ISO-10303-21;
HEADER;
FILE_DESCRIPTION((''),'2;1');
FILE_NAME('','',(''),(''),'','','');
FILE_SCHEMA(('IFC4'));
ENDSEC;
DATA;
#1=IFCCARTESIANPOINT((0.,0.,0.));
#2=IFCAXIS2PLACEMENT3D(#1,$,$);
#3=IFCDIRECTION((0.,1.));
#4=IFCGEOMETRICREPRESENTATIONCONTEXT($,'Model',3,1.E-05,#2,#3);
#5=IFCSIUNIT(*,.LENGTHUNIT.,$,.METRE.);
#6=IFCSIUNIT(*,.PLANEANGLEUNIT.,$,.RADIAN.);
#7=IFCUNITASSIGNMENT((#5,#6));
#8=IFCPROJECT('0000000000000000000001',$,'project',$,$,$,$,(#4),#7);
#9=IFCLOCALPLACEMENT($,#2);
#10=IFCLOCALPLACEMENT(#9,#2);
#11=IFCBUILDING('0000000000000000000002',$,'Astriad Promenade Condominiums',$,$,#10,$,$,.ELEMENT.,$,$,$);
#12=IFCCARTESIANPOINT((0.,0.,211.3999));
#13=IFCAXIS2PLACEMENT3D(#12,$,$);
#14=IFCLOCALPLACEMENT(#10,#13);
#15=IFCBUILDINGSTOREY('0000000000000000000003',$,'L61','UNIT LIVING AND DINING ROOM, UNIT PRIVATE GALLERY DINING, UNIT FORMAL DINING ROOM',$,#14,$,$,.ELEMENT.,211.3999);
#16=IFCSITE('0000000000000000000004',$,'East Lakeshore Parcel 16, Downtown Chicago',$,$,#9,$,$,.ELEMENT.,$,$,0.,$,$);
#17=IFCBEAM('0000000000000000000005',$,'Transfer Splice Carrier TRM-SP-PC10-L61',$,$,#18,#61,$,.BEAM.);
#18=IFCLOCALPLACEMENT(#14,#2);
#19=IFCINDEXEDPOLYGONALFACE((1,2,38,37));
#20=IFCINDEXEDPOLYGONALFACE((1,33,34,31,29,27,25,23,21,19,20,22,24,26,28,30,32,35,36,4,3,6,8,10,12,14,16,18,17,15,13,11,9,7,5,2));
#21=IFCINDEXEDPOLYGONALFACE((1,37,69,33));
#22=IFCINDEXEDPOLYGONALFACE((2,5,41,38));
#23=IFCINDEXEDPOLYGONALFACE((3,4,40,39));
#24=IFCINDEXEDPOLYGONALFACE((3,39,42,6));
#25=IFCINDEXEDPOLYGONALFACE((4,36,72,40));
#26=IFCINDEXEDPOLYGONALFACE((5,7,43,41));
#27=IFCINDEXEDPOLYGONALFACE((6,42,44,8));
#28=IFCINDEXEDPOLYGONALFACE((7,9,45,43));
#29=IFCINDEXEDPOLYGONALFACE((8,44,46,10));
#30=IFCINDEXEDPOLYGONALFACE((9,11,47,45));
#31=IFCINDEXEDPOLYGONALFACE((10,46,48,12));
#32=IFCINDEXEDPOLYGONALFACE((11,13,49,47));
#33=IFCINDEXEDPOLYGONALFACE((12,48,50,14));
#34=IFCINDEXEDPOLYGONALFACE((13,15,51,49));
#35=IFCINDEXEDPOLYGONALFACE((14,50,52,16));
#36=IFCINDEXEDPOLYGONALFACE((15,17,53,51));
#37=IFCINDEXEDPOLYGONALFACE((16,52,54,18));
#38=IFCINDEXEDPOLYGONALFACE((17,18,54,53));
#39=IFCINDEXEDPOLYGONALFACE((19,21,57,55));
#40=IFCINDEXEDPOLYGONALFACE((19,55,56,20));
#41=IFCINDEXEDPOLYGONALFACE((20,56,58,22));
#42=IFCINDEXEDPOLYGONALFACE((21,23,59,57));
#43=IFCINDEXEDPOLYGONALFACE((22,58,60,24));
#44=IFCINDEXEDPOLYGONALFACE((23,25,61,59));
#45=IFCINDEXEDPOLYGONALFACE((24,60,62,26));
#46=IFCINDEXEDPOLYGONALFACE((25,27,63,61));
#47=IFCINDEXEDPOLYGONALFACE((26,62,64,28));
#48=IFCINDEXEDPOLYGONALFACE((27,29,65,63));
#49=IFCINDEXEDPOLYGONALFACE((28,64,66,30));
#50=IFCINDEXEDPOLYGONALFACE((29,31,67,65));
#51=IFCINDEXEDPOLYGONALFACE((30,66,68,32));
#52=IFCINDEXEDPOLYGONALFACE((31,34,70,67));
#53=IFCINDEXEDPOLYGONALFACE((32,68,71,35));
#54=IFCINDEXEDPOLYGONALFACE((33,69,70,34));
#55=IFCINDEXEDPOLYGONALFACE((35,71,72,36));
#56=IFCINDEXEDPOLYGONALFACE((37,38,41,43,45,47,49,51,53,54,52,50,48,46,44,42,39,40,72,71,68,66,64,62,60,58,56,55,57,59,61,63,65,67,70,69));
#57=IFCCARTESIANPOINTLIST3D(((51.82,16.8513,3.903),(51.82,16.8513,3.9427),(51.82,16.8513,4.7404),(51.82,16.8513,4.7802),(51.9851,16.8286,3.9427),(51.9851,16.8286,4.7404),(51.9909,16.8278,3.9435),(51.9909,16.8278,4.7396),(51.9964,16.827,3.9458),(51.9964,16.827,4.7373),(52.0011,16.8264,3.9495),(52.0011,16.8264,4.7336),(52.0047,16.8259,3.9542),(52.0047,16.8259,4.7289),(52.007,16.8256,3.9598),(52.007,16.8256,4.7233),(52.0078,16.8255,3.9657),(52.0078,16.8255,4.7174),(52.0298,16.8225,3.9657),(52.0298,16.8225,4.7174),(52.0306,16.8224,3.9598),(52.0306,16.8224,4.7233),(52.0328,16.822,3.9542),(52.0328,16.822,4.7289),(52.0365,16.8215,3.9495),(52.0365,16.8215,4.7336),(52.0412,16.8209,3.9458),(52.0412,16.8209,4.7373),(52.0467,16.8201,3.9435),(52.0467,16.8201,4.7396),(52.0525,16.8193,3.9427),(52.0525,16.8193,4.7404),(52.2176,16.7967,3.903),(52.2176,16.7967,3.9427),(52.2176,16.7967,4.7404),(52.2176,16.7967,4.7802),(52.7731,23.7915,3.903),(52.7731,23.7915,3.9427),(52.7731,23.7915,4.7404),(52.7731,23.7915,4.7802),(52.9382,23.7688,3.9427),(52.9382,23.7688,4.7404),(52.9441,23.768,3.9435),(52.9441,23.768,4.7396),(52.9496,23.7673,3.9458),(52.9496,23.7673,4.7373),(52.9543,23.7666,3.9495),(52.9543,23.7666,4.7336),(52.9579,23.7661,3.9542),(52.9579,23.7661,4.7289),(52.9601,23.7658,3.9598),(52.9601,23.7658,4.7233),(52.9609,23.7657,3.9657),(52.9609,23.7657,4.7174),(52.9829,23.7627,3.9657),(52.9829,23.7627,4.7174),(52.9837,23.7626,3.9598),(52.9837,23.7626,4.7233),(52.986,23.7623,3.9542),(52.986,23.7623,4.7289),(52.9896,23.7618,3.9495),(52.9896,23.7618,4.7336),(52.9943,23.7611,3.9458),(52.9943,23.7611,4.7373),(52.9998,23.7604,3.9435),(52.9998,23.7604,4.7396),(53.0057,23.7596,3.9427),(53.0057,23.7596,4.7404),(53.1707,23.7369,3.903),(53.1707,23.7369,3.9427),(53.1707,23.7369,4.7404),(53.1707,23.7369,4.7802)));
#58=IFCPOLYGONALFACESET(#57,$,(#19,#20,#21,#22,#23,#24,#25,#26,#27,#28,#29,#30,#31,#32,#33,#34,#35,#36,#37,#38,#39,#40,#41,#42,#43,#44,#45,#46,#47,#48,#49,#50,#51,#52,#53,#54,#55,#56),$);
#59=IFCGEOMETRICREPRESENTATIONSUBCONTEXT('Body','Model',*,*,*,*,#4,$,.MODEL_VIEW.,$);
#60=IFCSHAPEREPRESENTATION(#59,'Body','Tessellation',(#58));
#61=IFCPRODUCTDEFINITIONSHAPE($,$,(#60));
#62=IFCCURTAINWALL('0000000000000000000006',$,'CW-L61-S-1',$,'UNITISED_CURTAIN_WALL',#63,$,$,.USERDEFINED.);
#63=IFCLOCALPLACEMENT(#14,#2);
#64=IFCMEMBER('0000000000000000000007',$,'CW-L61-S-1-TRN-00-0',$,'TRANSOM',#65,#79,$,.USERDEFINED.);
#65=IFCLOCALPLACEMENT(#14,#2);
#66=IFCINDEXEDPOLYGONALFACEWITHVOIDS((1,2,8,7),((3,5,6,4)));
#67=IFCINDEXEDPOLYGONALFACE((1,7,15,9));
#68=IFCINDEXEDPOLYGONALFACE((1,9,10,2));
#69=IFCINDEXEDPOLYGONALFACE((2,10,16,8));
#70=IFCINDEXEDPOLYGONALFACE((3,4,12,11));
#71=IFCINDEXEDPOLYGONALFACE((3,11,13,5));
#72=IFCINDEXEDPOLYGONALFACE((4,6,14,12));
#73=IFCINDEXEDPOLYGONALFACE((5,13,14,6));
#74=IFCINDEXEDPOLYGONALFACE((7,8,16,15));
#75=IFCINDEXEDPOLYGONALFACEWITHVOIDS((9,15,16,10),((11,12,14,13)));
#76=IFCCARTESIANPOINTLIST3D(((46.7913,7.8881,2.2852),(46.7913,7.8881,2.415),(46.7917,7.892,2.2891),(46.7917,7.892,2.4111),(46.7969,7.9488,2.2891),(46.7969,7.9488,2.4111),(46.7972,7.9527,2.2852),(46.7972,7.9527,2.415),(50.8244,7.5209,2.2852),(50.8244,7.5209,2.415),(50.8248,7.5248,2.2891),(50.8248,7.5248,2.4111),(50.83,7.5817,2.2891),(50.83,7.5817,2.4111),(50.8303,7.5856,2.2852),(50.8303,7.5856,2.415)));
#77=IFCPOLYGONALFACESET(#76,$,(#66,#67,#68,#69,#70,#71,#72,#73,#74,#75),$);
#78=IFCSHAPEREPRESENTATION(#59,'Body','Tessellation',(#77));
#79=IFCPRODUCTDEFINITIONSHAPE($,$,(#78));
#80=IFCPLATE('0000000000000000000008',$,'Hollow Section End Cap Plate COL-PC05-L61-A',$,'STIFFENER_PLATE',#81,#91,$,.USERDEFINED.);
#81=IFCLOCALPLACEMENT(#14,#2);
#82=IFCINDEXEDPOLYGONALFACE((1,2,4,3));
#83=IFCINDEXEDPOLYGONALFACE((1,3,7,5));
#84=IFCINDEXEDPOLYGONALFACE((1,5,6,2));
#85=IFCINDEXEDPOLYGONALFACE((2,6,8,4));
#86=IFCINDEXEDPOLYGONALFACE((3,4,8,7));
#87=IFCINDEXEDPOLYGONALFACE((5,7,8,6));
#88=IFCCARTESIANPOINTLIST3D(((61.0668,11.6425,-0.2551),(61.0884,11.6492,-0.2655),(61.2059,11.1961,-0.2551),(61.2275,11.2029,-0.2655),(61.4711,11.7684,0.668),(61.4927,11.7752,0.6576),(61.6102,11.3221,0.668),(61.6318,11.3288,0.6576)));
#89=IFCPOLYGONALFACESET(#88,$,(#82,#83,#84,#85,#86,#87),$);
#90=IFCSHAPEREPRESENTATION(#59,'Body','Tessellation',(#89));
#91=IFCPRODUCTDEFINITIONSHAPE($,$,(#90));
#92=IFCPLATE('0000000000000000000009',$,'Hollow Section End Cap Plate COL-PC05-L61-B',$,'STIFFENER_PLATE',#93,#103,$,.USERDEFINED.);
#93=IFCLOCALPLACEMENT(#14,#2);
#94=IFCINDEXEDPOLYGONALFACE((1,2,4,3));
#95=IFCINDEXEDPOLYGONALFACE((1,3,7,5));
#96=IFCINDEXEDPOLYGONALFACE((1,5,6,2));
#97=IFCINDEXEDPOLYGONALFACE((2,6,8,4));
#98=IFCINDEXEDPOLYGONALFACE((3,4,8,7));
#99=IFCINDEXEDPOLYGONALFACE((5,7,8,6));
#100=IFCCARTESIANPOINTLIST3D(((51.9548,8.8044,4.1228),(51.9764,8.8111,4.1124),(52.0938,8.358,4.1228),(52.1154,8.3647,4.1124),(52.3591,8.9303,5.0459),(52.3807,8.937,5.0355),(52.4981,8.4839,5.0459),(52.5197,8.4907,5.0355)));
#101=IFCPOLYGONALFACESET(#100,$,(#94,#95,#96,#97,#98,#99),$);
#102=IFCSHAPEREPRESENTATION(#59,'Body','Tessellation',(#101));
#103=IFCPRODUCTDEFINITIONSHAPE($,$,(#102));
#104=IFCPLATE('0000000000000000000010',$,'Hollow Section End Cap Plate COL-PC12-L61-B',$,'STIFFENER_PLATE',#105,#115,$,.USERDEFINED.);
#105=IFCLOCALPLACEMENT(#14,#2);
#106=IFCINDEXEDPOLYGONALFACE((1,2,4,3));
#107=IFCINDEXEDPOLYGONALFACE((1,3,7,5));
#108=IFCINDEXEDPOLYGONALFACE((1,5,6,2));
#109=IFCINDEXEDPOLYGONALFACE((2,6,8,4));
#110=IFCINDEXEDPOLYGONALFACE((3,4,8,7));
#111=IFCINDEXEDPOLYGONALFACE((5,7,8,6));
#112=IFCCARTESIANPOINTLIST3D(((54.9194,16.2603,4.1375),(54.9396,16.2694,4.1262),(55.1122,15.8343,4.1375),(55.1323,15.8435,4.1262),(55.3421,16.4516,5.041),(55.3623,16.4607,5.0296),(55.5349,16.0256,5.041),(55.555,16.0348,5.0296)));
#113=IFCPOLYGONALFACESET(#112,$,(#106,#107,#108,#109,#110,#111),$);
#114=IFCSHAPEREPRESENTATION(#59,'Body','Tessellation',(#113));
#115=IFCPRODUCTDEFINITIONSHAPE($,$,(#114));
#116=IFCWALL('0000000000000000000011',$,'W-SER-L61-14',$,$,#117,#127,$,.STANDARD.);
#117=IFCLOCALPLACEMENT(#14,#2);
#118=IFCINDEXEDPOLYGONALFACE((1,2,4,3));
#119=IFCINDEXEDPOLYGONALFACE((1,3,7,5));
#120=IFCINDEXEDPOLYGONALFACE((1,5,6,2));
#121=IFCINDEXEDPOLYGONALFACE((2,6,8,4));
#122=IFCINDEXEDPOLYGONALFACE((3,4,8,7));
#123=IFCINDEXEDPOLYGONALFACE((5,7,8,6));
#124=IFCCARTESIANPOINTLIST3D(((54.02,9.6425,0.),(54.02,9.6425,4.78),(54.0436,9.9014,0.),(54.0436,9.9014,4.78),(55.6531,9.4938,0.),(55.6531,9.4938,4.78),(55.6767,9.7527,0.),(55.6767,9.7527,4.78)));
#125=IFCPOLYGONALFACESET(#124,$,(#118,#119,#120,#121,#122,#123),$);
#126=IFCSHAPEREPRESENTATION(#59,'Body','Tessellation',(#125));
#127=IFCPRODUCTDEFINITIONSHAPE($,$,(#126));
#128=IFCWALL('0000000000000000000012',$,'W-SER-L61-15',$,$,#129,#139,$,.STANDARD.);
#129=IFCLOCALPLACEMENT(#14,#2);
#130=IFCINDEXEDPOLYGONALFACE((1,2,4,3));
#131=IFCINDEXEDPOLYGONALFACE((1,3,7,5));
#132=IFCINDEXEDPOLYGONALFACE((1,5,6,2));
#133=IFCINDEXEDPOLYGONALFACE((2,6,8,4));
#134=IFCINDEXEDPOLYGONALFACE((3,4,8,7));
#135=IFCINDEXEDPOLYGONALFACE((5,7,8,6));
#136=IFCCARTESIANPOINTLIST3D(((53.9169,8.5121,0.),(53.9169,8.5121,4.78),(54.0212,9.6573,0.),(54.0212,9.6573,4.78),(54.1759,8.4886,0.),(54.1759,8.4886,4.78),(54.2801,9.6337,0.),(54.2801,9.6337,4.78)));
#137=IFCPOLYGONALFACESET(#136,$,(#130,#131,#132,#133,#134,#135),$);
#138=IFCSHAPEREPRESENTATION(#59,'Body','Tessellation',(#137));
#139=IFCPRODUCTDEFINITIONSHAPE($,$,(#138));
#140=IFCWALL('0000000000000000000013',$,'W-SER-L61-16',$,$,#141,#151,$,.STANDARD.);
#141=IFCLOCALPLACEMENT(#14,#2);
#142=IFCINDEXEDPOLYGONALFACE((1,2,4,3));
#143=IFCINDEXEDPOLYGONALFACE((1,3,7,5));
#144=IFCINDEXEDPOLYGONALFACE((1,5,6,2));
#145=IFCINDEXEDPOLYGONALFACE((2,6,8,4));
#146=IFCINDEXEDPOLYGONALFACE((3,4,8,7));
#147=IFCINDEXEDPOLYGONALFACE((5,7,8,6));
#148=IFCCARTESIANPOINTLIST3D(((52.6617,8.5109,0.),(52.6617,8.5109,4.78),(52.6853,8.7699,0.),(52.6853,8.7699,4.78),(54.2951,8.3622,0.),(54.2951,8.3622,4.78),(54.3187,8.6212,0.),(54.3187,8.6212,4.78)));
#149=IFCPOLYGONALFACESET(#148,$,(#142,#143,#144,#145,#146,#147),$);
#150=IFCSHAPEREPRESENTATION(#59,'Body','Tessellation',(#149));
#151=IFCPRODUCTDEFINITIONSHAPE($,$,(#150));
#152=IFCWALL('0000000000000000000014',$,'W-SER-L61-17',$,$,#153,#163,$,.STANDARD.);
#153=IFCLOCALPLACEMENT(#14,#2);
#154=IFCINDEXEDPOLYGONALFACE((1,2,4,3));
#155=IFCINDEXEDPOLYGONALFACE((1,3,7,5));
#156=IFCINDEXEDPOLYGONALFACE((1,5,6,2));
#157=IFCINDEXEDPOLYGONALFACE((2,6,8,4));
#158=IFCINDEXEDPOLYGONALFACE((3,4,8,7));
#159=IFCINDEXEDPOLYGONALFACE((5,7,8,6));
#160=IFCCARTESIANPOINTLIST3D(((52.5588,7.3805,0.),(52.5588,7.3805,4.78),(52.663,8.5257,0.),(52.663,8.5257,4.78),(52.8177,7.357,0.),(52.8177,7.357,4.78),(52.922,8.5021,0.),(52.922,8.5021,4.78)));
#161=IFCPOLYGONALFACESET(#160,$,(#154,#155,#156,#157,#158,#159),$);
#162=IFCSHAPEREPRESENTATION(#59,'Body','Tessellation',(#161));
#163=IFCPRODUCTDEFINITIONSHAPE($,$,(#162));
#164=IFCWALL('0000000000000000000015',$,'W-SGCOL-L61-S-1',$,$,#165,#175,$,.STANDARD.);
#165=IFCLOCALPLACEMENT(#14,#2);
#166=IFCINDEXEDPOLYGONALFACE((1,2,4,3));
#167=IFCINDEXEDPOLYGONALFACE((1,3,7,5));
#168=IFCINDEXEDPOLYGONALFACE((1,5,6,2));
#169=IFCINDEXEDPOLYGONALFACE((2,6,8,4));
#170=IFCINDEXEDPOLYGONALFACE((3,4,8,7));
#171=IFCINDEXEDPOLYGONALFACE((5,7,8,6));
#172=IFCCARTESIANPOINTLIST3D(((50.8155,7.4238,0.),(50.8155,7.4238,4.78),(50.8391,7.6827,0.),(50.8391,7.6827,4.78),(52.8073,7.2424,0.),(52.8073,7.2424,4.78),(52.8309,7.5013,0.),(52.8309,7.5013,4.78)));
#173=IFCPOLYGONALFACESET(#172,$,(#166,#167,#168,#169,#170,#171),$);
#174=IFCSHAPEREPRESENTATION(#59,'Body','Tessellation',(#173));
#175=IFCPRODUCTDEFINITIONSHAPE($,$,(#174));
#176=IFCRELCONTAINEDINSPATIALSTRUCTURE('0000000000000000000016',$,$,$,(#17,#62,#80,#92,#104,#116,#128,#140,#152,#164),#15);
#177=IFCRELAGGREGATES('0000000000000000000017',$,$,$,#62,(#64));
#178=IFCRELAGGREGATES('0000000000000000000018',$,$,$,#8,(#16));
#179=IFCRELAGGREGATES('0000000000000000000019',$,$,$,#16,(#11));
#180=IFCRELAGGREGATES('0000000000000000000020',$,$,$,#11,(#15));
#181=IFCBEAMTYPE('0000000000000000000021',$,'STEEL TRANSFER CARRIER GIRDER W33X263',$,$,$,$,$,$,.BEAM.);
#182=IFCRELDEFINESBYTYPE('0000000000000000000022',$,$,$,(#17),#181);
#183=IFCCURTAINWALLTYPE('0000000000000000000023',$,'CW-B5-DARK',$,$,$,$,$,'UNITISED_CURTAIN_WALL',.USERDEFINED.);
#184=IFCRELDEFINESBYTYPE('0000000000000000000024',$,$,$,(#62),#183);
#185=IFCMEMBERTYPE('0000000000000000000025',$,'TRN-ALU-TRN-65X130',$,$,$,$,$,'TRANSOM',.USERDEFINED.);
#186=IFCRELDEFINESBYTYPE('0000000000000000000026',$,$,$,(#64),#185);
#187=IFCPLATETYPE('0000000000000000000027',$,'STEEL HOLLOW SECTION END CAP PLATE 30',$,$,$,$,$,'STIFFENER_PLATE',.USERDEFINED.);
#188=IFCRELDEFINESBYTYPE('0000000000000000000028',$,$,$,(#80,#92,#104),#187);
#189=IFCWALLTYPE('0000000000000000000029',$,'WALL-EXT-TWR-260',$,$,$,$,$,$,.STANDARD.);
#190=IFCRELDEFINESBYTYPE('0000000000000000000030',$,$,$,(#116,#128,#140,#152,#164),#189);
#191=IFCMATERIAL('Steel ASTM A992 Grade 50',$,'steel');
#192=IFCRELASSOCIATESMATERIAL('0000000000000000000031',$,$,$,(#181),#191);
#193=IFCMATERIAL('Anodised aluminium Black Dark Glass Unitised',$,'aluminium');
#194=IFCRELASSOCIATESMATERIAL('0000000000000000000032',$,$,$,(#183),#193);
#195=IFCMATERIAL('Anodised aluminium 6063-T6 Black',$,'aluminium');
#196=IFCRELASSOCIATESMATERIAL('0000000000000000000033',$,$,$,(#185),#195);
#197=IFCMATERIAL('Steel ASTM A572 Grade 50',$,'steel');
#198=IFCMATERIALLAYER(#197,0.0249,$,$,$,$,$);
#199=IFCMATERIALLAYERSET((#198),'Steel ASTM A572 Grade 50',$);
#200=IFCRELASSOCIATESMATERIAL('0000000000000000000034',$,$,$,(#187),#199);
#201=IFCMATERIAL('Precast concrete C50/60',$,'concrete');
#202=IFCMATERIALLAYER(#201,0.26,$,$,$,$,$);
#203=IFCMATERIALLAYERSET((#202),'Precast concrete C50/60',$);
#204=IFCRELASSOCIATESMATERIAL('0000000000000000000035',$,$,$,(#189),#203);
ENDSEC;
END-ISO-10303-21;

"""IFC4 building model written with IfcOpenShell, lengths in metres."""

from ifc_helpers import new_model, si_unit, direction, frame, frame_2d, origin, origin_2d, place, context, subcontext, project, spatial, rectangle, hollow_rectangle, i_section, extrude, source, transform, mapped, material, layer, layer_set, material_profile, profile_set, type_object, type_shapes, element, aggregate, save


model = new_model("IFC4")

# Units and contexts
model_context = context("Model", 3, precision=1e-05, world=origin(), true_north=direction((0.0, 1.0)))
body_context = subcontext(model_context, "Body", "Model", "MODEL_VIEW")
ifc_project = project(units=[si_unit("LENGTHUNIT", "METRE"), si_unit("PLANEANGLEUNIT", "RADIAN")], contexts=[model_context])

# Site, building, storey
site_placement = place(None, origin())
site = spatial("IfcSite", under=ifc_project, at=site_placement, Name="East Lakeshore Parcel 16, Downtown Chicago", CompositionType="ELEMENT", RefElevation=0.0)
building_placement = place(site_placement, origin())
building = spatial("IfcBuilding", under=site, at=building_placement, Name="Astriad Promenade Condominiums", CompositionType="ELEMENT")
storey_placement = place(building_placement, frame((0.0, 0.0, 211.3999)))
storey = spatial("IfcBuildingStorey", under=building, at=storey_placement, Name="L61", Description="UNIT LIVING AND DINING ROOM, UNIT PRIVATE GALLERY DINING, UNIT FORMAL DINING ROOM", CompositionType="ELEMENT", Elevation=211.3999)

# Shared definitions
ifc_material_1 = material(Name="Steel ASTM A992 Grade 50", Category="steel")

# Beam
ifc_material_profile_1 = material_profile(ifc_material_1, i_section(OverallWidth=0.4014, OverallDepth=0.8772, WebThickness=0.0222, FlangeThickness=0.0398, FilletRadius=0.0229, at=origin_2d()), Name="W33X263")
ifc_profile_set_1 = profile_set([ifc_material_profile_1], Name="Steel ASTM A992 Grade 50")
beam_type_1 = type_object("IfcBeamType", Name="STEEL TRANSFER CARRIER GIRDER W33X263", PredefinedType="BEAM", material=ifc_profile_set_1)
shared_shape_1 = source(origin(), body_context, "Body", "SweptSolid", [
    extrude(i_section(OverallWidth=0.4014, OverallDepth=0.8772, WebThickness=0.0222, FlangeThickness=0.0398, FilletRadius=0.0229, at=origin_2d()), origin(), (0.0, 0.0, 1.0), 7.0054),
])
beam_1_placement = place(storey_placement, frame((52.0188, 16.824, 4.3416), z_axis=(0.136057, 0.990701, 0.0), x_axis=(-0.990701, 0.136057, 0.0)))
element("IfcBeam", 1, at=beam_1_placement, inside=storey, type_object=beam_type_1, Name="Transfer Splice Carrier TRM-SP-PC10-L61", PredefinedType="BEAM", context=body_context, shape_type="MappedRepresentation", body=[
    mapped(shared_shape_1, transform((0.0, 0.0, 0.0), scale=1.0)),
])

# Curtain wall, member
ifc_material_2 = material(Name="Anodised aluminium Black Dark Glass Unitised", Category="aluminium")
curtain_wall_type = type_object("IfcCurtainWallType", Name="CW-B5-DARK", ElementType="UNITISED_CURTAIN_WALL", PredefinedType="USERDEFINED", material=ifc_material_2)
curtain_wall_placement = place(storey_placement, origin())
curtain_wall = element("IfcCurtainWall", 2, at=curtain_wall_placement, inside=storey, type_object=curtain_wall_type, Name="CW-L61-S-1", ObjectType="UNITISED_CURTAIN_WALL", PredefinedType="USERDEFINED")
ifc_material_3 = material(Name="Anodised aluminium 6063-T6 Black", Category="aluminium")
ifc_material_profile_2 = material_profile(ifc_material_3, hollow_rectangle(XDim=0.0649, YDim=0.1299, WallThickness=0.0039, at=origin_2d()), Name="ALU-TRN-65X130")
ifc_profile_set_2 = profile_set([ifc_material_profile_2], Name="Anodised aluminium 6063-T6 Black")
member_type = type_object("IfcMemberType", Name="TRN-ALU-TRN-65X130", ElementType="TRANSOM", PredefinedType="USERDEFINED", material=ifc_profile_set_2)
shared_shape_2 = source(origin(), body_context, "Body", "SweptSolid", [
    extrude(hollow_rectangle(XDim=0.0649, YDim=0.1299, WallThickness=0.0039, at=origin_2d()), origin(), (0.0, 0.0, 1.0), 4.0498),
])
type_shapes(member_type, [shared_shape_2])
member_placement = place(storey_placement, frame((50.8274, 7.5532, 2.3501), z_axis=(-0.995881, 0.090666, 0.0), x_axis=(-0.090666, -0.995881, 0.0)))
member = element("IfcMember", 3, at=member_placement, type_object=member_type, Name="CW-L61-S-1-TRN-00-0", ObjectType="TRANSOM", PredefinedType="USERDEFINED", context=body_context, shape_type="MappedRepresentation", body=[
    mapped(shared_shape_2, transform((0.0, 0.0, 0.0), scale=1.0)),
])
aggregate(curtain_wall, [member])

# Plates
ifc_material_4 = material(Name="Steel ASTM A572 Grade 50", Category="steel")
ifc_layer_1 = layer(ifc_material_4, 0.0249)
ifc_layer_set_1 = layer_set([ifc_layer_1], Name="Steel ASTM A572 Grade 50")
plate_type = type_object("IfcPlateType", Name="STEEL HOLLOW SECTION END CAP PLATE 30", ElementType="STIFFENER_PLATE", PredefinedType="USERDEFINED", material=ifc_layer_set_1)
shared_shape_3 = source(origin(), body_context, "Body", "SweptSolid", [
    extrude(rectangle(XDim=0.4675, YDim=1.0156, at=origin_2d()), origin(), (0.0, 0.0, 1.0), 0.0249),
])
type_shapes(plate_type, [shared_shape_3])
for number, where, z_axis, x_axis, name in (
    (4, (61.3601, 11.489, 0.196), (-0.867816, -0.270293, 0.416939), (0.297374, -0.954761, 0.0), "Hollow Section End Cap Plate COL-PC05-L61-A"),
    (5, (52.248, 8.6509, 4.574), (-0.867816, -0.270293, 0.416939), (0.297374, -0.954761, 0.0), "Hollow Section End Cap Plate COL-PC05-L61-B"),
    (6, (55.2473, 16.1521, 4.5779), (-0.810429, -0.366746, 0.456838), (0.412283, -0.911056, 0.0), "Hollow Section End Cap Plate COL-PC12-L61-B"),
):
    element("IfcPlate", number, at=place(storey_placement, frame(where, z_axis=z_axis, x_axis=x_axis)), inside=storey, type_object=plate_type, Name=name, ObjectType="STIFFENER_PLATE", PredefinedType="USERDEFINED", context=body_context, shape_type="MappedRepresentation", body=[
        mapped(shared_shape_3, transform((0.0, 0.0, 0.0), scale=1.0)),
    ])

# Walls
ifc_material_5 = material(Name="Precast concrete C50/60", Category="concrete")
ifc_layer_2 = layer(ifc_material_5, 0.26)
ifc_layer_set_2 = layer_set([ifc_layer_2], Name="Precast concrete C50/60")
wall_type_1 = type_object("IfcWallType", Name="WALL-EXT-TWR-260", PredefinedType="STANDARD", material=ifc_layer_set_2)
wall_1_placement = place(storey_placement, frame((55.6648, 9.6233, 0.0), z_axis=(0.0, 0.0, 1.0), x_axis=(-0.995881, 0.09067, 0.0)))
element("IfcWall", 7, at=wall_1_placement, inside=storey, type_object=wall_type_1, Name="W-SER-L61-14", PredefinedType="STANDARD", context=body_context, shape_type="SweptSolid", body=[
    extrude(rectangle(XDim=1.6399, YDim=0.26, at=frame_2d((0.8198, 0.0))), origin(), (0.0, 0.0, 1.0), 4.78),
])
wall_2_placement = place(storey_placement, frame((54.1506, 9.6455, 0.0), z_axis=(0.0, 0.0, 1.0), x_axis=(-0.090651, -0.995883, 0.0)))
element("IfcWall", 8, at=wall_2_placement, inside=storey, type_object=wall_type_1, Name="W-SER-L61-15", PredefinedType="STANDARD", context=body_context, shape_type="SweptSolid", body=[
    extrude(rectangle(XDim=1.1499, YDim=0.26, at=frame_2d((0.575, 0.0))), origin(), (0.0, 0.0, 1.0), 4.78),
])
wall_3_placement = place(storey_placement, frame((54.3069, 8.4917, 0.0), z_axis=(0.0, 0.0, 1.0), x_axis=(-0.995882, 0.090657, 0.0)))
element("IfcWall", 9, at=wall_3_placement, inside=storey, type_object=wall_type_1, Name="W-SER-L61-16", PredefinedType="STANDARD", context=body_context, shape_type="SweptSolid", body=[
    extrude(rectangle(XDim=1.6401, YDim=0.26, at=frame_2d((0.8201, 0.0))), origin(), (0.0, 0.0, 1.0), 4.78),
])
wall_4_placement = place(storey_placement, frame((52.7925, 8.5139, 0.0), z_axis=(0.0, 0.0, 1.0), x_axis=(-0.090651, -0.995883, 0.0)))
element("IfcWall", 10, at=wall_4_placement, inside=storey, type_object=wall_type_1, Name="W-SER-L61-17", PredefinedType="STANDARD", context=body_context, shape_type="SweptSolid", body=[
    extrude(rectangle(XDim=1.1499, YDim=0.26, at=frame_2d((0.575, 0.0))), origin(), (0.0, 0.0, 1.0), 4.78),
])
wall_5_placement = place(storey_placement, frame((52.8191, 7.3718, 0.0), z_axis=(0.0, 0.0, 1.0), x_axis=(-0.995878, 0.090701, 0.0)))
element("IfcWall", 11, at=wall_5_placement, inside=storey, type_object=wall_type_1, Name="W-SGCOL-L61-S-1", PredefinedType="STANDARD", context=body_context, shape_type="SweptSolid", body=[
    extrude(rectangle(XDim=2.0, YDim=0.26, at=frame_2d((1.0, 0.0))), origin(), (0.0, 0.0, 1.0), 4.78),
])

save(model, "model.ifc")
